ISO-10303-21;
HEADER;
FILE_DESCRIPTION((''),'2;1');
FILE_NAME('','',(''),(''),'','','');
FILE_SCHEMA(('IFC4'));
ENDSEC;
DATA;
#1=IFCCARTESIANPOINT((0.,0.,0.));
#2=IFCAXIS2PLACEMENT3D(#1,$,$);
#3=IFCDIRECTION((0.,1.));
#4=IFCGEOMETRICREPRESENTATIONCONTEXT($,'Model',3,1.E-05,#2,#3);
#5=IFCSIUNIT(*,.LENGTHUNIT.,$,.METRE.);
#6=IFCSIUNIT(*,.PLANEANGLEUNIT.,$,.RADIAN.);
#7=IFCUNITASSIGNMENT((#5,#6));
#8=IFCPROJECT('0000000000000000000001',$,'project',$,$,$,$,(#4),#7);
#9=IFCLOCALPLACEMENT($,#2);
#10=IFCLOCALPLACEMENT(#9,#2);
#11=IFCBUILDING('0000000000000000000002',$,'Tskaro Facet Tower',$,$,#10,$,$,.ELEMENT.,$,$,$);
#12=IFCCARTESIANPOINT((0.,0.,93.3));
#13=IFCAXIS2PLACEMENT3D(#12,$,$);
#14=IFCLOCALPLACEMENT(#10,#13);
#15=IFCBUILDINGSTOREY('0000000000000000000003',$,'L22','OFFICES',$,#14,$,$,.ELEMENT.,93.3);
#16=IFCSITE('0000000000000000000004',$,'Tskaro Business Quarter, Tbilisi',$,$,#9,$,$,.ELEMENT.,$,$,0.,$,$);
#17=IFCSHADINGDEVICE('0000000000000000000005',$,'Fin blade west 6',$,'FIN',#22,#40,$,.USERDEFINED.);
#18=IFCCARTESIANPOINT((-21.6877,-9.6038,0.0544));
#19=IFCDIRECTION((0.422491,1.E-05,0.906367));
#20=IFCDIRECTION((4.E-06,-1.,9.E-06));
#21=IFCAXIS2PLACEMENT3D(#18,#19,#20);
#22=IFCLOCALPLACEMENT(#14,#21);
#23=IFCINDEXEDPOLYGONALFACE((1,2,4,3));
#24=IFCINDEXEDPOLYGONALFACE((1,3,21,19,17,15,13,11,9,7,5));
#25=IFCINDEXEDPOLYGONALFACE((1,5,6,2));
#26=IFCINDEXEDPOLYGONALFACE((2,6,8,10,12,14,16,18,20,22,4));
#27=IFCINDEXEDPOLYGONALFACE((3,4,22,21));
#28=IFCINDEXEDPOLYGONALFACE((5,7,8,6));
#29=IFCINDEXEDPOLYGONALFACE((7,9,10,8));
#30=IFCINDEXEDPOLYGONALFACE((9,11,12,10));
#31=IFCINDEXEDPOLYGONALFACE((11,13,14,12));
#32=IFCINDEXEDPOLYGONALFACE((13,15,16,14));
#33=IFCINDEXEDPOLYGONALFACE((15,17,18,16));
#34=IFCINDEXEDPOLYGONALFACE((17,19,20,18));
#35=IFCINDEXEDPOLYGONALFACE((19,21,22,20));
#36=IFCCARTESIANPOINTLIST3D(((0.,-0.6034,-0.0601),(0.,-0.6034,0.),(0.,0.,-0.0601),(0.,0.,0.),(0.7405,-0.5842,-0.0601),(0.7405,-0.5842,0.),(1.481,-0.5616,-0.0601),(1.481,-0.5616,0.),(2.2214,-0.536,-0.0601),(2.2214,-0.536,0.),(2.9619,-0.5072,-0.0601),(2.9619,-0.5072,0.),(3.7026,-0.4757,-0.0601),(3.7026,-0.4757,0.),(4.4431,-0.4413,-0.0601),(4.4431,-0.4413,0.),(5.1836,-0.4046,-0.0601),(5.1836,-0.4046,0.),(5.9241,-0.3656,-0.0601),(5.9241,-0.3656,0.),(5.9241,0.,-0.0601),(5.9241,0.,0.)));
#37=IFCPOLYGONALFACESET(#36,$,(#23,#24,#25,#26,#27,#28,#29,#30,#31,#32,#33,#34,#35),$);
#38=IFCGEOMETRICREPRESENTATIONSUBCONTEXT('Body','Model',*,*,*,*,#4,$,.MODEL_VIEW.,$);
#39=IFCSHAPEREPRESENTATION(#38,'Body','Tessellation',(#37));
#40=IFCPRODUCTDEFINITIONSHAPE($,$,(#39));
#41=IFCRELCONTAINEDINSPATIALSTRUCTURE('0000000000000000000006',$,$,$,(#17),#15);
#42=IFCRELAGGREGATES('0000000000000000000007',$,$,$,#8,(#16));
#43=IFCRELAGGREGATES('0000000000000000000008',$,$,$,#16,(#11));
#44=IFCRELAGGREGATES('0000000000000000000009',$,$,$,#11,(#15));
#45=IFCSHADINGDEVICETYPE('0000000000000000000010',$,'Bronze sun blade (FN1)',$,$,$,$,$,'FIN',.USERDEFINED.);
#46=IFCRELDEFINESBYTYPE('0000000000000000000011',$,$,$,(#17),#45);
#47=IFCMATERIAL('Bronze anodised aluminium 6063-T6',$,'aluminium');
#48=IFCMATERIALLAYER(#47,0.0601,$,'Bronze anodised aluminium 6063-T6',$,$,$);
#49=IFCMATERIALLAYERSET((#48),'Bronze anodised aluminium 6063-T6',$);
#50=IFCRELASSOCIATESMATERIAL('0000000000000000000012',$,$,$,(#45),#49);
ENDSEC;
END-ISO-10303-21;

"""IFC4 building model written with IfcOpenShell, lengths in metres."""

from ifc_helpers import new_model, si_unit, direction, frame, origin, place, context, subcontext, project, spatial, polyline, outline, extrude, material, layer, layer_set, type_object, element, save


model = new_model("IFC4")

# Units and contexts
model_context = context("Model", 3, precision=1e-05, world=origin(), true_north=direction((0.0, 1.0)))
body_context = subcontext(model_context, "Body", "Model", "MODEL_VIEW")
ifc_project = project(units=[si_unit("LENGTHUNIT", "METRE"), si_unit("PLANEANGLEUNIT", "RADIAN")], contexts=[model_context])

# Site, building, storey
site_placement = place(None, origin())
site = spatial("IfcSite", under=ifc_project, at=site_placement, Name="Tskaro Business Quarter, Tbilisi", CompositionType="ELEMENT", RefElevation=0.0)
building_placement = place(site_placement, origin())
building = spatial("IfcBuilding", under=site, at=building_placement, Name="Tskaro Facet Tower", CompositionType="ELEMENT")
storey_placement = place(building_placement, frame((0.0, 0.0, 93.3)))
storey = spatial("IfcBuildingStorey", under=building, at=storey_placement, Name="L22", Description="OFFICES", CompositionType="ELEMENT", Elevation=93.3)

# Shared definitions
ifc_material_1 = material(Name="Bronze anodised aluminium 6063-T6", Category="aluminium")

# Shading device
ifc_layer_1 = layer(ifc_material_1, 0.0601, Name="Bronze anodised aluminium 6063-T6")
ifc_layer_set_1 = layer_set([ifc_layer_1], Name="Bronze anodised aluminium 6063-T6")
shading_device_type = type_object("IfcShadingDeviceType", Name="Bronze sun blade (FN1)", ElementType="FIN", PredefinedType="USERDEFINED", material=ifc_layer_set_1)
shading_device_1_placement = place(storey_placement, frame((-21.6877, -9.6038, 0.0544), z_axis=(0.422491, 0.00001, 0.906367), x_axis=(0.000004, -1.0, 0.000009)))
element("IfcShadingDevice", 1, at=shading_device_1_placement, inside=storey, type_object=shading_device_type, Name="Fin blade west 6", ObjectType="FIN", PredefinedType="USERDEFINED", context=body_context, shape_type="SweptSolid", body=[
    extrude(outline(polyline([(0.0, 0.0), (5.9241, 0.0), (5.9241, -0.3656), (5.1836, -0.4046), (4.4431, -0.4413), (3.7026, -0.4757), (2.9619, -0.5072), (2.2214, -0.536), (1.481, -0.5616), (0.7405, -0.5842), (0.0, -0.6034), (0.0, 0.0)])), origin(), (0.0, 0.0, -1.0), 0.0601),
])

save(model, "model.ifc")
